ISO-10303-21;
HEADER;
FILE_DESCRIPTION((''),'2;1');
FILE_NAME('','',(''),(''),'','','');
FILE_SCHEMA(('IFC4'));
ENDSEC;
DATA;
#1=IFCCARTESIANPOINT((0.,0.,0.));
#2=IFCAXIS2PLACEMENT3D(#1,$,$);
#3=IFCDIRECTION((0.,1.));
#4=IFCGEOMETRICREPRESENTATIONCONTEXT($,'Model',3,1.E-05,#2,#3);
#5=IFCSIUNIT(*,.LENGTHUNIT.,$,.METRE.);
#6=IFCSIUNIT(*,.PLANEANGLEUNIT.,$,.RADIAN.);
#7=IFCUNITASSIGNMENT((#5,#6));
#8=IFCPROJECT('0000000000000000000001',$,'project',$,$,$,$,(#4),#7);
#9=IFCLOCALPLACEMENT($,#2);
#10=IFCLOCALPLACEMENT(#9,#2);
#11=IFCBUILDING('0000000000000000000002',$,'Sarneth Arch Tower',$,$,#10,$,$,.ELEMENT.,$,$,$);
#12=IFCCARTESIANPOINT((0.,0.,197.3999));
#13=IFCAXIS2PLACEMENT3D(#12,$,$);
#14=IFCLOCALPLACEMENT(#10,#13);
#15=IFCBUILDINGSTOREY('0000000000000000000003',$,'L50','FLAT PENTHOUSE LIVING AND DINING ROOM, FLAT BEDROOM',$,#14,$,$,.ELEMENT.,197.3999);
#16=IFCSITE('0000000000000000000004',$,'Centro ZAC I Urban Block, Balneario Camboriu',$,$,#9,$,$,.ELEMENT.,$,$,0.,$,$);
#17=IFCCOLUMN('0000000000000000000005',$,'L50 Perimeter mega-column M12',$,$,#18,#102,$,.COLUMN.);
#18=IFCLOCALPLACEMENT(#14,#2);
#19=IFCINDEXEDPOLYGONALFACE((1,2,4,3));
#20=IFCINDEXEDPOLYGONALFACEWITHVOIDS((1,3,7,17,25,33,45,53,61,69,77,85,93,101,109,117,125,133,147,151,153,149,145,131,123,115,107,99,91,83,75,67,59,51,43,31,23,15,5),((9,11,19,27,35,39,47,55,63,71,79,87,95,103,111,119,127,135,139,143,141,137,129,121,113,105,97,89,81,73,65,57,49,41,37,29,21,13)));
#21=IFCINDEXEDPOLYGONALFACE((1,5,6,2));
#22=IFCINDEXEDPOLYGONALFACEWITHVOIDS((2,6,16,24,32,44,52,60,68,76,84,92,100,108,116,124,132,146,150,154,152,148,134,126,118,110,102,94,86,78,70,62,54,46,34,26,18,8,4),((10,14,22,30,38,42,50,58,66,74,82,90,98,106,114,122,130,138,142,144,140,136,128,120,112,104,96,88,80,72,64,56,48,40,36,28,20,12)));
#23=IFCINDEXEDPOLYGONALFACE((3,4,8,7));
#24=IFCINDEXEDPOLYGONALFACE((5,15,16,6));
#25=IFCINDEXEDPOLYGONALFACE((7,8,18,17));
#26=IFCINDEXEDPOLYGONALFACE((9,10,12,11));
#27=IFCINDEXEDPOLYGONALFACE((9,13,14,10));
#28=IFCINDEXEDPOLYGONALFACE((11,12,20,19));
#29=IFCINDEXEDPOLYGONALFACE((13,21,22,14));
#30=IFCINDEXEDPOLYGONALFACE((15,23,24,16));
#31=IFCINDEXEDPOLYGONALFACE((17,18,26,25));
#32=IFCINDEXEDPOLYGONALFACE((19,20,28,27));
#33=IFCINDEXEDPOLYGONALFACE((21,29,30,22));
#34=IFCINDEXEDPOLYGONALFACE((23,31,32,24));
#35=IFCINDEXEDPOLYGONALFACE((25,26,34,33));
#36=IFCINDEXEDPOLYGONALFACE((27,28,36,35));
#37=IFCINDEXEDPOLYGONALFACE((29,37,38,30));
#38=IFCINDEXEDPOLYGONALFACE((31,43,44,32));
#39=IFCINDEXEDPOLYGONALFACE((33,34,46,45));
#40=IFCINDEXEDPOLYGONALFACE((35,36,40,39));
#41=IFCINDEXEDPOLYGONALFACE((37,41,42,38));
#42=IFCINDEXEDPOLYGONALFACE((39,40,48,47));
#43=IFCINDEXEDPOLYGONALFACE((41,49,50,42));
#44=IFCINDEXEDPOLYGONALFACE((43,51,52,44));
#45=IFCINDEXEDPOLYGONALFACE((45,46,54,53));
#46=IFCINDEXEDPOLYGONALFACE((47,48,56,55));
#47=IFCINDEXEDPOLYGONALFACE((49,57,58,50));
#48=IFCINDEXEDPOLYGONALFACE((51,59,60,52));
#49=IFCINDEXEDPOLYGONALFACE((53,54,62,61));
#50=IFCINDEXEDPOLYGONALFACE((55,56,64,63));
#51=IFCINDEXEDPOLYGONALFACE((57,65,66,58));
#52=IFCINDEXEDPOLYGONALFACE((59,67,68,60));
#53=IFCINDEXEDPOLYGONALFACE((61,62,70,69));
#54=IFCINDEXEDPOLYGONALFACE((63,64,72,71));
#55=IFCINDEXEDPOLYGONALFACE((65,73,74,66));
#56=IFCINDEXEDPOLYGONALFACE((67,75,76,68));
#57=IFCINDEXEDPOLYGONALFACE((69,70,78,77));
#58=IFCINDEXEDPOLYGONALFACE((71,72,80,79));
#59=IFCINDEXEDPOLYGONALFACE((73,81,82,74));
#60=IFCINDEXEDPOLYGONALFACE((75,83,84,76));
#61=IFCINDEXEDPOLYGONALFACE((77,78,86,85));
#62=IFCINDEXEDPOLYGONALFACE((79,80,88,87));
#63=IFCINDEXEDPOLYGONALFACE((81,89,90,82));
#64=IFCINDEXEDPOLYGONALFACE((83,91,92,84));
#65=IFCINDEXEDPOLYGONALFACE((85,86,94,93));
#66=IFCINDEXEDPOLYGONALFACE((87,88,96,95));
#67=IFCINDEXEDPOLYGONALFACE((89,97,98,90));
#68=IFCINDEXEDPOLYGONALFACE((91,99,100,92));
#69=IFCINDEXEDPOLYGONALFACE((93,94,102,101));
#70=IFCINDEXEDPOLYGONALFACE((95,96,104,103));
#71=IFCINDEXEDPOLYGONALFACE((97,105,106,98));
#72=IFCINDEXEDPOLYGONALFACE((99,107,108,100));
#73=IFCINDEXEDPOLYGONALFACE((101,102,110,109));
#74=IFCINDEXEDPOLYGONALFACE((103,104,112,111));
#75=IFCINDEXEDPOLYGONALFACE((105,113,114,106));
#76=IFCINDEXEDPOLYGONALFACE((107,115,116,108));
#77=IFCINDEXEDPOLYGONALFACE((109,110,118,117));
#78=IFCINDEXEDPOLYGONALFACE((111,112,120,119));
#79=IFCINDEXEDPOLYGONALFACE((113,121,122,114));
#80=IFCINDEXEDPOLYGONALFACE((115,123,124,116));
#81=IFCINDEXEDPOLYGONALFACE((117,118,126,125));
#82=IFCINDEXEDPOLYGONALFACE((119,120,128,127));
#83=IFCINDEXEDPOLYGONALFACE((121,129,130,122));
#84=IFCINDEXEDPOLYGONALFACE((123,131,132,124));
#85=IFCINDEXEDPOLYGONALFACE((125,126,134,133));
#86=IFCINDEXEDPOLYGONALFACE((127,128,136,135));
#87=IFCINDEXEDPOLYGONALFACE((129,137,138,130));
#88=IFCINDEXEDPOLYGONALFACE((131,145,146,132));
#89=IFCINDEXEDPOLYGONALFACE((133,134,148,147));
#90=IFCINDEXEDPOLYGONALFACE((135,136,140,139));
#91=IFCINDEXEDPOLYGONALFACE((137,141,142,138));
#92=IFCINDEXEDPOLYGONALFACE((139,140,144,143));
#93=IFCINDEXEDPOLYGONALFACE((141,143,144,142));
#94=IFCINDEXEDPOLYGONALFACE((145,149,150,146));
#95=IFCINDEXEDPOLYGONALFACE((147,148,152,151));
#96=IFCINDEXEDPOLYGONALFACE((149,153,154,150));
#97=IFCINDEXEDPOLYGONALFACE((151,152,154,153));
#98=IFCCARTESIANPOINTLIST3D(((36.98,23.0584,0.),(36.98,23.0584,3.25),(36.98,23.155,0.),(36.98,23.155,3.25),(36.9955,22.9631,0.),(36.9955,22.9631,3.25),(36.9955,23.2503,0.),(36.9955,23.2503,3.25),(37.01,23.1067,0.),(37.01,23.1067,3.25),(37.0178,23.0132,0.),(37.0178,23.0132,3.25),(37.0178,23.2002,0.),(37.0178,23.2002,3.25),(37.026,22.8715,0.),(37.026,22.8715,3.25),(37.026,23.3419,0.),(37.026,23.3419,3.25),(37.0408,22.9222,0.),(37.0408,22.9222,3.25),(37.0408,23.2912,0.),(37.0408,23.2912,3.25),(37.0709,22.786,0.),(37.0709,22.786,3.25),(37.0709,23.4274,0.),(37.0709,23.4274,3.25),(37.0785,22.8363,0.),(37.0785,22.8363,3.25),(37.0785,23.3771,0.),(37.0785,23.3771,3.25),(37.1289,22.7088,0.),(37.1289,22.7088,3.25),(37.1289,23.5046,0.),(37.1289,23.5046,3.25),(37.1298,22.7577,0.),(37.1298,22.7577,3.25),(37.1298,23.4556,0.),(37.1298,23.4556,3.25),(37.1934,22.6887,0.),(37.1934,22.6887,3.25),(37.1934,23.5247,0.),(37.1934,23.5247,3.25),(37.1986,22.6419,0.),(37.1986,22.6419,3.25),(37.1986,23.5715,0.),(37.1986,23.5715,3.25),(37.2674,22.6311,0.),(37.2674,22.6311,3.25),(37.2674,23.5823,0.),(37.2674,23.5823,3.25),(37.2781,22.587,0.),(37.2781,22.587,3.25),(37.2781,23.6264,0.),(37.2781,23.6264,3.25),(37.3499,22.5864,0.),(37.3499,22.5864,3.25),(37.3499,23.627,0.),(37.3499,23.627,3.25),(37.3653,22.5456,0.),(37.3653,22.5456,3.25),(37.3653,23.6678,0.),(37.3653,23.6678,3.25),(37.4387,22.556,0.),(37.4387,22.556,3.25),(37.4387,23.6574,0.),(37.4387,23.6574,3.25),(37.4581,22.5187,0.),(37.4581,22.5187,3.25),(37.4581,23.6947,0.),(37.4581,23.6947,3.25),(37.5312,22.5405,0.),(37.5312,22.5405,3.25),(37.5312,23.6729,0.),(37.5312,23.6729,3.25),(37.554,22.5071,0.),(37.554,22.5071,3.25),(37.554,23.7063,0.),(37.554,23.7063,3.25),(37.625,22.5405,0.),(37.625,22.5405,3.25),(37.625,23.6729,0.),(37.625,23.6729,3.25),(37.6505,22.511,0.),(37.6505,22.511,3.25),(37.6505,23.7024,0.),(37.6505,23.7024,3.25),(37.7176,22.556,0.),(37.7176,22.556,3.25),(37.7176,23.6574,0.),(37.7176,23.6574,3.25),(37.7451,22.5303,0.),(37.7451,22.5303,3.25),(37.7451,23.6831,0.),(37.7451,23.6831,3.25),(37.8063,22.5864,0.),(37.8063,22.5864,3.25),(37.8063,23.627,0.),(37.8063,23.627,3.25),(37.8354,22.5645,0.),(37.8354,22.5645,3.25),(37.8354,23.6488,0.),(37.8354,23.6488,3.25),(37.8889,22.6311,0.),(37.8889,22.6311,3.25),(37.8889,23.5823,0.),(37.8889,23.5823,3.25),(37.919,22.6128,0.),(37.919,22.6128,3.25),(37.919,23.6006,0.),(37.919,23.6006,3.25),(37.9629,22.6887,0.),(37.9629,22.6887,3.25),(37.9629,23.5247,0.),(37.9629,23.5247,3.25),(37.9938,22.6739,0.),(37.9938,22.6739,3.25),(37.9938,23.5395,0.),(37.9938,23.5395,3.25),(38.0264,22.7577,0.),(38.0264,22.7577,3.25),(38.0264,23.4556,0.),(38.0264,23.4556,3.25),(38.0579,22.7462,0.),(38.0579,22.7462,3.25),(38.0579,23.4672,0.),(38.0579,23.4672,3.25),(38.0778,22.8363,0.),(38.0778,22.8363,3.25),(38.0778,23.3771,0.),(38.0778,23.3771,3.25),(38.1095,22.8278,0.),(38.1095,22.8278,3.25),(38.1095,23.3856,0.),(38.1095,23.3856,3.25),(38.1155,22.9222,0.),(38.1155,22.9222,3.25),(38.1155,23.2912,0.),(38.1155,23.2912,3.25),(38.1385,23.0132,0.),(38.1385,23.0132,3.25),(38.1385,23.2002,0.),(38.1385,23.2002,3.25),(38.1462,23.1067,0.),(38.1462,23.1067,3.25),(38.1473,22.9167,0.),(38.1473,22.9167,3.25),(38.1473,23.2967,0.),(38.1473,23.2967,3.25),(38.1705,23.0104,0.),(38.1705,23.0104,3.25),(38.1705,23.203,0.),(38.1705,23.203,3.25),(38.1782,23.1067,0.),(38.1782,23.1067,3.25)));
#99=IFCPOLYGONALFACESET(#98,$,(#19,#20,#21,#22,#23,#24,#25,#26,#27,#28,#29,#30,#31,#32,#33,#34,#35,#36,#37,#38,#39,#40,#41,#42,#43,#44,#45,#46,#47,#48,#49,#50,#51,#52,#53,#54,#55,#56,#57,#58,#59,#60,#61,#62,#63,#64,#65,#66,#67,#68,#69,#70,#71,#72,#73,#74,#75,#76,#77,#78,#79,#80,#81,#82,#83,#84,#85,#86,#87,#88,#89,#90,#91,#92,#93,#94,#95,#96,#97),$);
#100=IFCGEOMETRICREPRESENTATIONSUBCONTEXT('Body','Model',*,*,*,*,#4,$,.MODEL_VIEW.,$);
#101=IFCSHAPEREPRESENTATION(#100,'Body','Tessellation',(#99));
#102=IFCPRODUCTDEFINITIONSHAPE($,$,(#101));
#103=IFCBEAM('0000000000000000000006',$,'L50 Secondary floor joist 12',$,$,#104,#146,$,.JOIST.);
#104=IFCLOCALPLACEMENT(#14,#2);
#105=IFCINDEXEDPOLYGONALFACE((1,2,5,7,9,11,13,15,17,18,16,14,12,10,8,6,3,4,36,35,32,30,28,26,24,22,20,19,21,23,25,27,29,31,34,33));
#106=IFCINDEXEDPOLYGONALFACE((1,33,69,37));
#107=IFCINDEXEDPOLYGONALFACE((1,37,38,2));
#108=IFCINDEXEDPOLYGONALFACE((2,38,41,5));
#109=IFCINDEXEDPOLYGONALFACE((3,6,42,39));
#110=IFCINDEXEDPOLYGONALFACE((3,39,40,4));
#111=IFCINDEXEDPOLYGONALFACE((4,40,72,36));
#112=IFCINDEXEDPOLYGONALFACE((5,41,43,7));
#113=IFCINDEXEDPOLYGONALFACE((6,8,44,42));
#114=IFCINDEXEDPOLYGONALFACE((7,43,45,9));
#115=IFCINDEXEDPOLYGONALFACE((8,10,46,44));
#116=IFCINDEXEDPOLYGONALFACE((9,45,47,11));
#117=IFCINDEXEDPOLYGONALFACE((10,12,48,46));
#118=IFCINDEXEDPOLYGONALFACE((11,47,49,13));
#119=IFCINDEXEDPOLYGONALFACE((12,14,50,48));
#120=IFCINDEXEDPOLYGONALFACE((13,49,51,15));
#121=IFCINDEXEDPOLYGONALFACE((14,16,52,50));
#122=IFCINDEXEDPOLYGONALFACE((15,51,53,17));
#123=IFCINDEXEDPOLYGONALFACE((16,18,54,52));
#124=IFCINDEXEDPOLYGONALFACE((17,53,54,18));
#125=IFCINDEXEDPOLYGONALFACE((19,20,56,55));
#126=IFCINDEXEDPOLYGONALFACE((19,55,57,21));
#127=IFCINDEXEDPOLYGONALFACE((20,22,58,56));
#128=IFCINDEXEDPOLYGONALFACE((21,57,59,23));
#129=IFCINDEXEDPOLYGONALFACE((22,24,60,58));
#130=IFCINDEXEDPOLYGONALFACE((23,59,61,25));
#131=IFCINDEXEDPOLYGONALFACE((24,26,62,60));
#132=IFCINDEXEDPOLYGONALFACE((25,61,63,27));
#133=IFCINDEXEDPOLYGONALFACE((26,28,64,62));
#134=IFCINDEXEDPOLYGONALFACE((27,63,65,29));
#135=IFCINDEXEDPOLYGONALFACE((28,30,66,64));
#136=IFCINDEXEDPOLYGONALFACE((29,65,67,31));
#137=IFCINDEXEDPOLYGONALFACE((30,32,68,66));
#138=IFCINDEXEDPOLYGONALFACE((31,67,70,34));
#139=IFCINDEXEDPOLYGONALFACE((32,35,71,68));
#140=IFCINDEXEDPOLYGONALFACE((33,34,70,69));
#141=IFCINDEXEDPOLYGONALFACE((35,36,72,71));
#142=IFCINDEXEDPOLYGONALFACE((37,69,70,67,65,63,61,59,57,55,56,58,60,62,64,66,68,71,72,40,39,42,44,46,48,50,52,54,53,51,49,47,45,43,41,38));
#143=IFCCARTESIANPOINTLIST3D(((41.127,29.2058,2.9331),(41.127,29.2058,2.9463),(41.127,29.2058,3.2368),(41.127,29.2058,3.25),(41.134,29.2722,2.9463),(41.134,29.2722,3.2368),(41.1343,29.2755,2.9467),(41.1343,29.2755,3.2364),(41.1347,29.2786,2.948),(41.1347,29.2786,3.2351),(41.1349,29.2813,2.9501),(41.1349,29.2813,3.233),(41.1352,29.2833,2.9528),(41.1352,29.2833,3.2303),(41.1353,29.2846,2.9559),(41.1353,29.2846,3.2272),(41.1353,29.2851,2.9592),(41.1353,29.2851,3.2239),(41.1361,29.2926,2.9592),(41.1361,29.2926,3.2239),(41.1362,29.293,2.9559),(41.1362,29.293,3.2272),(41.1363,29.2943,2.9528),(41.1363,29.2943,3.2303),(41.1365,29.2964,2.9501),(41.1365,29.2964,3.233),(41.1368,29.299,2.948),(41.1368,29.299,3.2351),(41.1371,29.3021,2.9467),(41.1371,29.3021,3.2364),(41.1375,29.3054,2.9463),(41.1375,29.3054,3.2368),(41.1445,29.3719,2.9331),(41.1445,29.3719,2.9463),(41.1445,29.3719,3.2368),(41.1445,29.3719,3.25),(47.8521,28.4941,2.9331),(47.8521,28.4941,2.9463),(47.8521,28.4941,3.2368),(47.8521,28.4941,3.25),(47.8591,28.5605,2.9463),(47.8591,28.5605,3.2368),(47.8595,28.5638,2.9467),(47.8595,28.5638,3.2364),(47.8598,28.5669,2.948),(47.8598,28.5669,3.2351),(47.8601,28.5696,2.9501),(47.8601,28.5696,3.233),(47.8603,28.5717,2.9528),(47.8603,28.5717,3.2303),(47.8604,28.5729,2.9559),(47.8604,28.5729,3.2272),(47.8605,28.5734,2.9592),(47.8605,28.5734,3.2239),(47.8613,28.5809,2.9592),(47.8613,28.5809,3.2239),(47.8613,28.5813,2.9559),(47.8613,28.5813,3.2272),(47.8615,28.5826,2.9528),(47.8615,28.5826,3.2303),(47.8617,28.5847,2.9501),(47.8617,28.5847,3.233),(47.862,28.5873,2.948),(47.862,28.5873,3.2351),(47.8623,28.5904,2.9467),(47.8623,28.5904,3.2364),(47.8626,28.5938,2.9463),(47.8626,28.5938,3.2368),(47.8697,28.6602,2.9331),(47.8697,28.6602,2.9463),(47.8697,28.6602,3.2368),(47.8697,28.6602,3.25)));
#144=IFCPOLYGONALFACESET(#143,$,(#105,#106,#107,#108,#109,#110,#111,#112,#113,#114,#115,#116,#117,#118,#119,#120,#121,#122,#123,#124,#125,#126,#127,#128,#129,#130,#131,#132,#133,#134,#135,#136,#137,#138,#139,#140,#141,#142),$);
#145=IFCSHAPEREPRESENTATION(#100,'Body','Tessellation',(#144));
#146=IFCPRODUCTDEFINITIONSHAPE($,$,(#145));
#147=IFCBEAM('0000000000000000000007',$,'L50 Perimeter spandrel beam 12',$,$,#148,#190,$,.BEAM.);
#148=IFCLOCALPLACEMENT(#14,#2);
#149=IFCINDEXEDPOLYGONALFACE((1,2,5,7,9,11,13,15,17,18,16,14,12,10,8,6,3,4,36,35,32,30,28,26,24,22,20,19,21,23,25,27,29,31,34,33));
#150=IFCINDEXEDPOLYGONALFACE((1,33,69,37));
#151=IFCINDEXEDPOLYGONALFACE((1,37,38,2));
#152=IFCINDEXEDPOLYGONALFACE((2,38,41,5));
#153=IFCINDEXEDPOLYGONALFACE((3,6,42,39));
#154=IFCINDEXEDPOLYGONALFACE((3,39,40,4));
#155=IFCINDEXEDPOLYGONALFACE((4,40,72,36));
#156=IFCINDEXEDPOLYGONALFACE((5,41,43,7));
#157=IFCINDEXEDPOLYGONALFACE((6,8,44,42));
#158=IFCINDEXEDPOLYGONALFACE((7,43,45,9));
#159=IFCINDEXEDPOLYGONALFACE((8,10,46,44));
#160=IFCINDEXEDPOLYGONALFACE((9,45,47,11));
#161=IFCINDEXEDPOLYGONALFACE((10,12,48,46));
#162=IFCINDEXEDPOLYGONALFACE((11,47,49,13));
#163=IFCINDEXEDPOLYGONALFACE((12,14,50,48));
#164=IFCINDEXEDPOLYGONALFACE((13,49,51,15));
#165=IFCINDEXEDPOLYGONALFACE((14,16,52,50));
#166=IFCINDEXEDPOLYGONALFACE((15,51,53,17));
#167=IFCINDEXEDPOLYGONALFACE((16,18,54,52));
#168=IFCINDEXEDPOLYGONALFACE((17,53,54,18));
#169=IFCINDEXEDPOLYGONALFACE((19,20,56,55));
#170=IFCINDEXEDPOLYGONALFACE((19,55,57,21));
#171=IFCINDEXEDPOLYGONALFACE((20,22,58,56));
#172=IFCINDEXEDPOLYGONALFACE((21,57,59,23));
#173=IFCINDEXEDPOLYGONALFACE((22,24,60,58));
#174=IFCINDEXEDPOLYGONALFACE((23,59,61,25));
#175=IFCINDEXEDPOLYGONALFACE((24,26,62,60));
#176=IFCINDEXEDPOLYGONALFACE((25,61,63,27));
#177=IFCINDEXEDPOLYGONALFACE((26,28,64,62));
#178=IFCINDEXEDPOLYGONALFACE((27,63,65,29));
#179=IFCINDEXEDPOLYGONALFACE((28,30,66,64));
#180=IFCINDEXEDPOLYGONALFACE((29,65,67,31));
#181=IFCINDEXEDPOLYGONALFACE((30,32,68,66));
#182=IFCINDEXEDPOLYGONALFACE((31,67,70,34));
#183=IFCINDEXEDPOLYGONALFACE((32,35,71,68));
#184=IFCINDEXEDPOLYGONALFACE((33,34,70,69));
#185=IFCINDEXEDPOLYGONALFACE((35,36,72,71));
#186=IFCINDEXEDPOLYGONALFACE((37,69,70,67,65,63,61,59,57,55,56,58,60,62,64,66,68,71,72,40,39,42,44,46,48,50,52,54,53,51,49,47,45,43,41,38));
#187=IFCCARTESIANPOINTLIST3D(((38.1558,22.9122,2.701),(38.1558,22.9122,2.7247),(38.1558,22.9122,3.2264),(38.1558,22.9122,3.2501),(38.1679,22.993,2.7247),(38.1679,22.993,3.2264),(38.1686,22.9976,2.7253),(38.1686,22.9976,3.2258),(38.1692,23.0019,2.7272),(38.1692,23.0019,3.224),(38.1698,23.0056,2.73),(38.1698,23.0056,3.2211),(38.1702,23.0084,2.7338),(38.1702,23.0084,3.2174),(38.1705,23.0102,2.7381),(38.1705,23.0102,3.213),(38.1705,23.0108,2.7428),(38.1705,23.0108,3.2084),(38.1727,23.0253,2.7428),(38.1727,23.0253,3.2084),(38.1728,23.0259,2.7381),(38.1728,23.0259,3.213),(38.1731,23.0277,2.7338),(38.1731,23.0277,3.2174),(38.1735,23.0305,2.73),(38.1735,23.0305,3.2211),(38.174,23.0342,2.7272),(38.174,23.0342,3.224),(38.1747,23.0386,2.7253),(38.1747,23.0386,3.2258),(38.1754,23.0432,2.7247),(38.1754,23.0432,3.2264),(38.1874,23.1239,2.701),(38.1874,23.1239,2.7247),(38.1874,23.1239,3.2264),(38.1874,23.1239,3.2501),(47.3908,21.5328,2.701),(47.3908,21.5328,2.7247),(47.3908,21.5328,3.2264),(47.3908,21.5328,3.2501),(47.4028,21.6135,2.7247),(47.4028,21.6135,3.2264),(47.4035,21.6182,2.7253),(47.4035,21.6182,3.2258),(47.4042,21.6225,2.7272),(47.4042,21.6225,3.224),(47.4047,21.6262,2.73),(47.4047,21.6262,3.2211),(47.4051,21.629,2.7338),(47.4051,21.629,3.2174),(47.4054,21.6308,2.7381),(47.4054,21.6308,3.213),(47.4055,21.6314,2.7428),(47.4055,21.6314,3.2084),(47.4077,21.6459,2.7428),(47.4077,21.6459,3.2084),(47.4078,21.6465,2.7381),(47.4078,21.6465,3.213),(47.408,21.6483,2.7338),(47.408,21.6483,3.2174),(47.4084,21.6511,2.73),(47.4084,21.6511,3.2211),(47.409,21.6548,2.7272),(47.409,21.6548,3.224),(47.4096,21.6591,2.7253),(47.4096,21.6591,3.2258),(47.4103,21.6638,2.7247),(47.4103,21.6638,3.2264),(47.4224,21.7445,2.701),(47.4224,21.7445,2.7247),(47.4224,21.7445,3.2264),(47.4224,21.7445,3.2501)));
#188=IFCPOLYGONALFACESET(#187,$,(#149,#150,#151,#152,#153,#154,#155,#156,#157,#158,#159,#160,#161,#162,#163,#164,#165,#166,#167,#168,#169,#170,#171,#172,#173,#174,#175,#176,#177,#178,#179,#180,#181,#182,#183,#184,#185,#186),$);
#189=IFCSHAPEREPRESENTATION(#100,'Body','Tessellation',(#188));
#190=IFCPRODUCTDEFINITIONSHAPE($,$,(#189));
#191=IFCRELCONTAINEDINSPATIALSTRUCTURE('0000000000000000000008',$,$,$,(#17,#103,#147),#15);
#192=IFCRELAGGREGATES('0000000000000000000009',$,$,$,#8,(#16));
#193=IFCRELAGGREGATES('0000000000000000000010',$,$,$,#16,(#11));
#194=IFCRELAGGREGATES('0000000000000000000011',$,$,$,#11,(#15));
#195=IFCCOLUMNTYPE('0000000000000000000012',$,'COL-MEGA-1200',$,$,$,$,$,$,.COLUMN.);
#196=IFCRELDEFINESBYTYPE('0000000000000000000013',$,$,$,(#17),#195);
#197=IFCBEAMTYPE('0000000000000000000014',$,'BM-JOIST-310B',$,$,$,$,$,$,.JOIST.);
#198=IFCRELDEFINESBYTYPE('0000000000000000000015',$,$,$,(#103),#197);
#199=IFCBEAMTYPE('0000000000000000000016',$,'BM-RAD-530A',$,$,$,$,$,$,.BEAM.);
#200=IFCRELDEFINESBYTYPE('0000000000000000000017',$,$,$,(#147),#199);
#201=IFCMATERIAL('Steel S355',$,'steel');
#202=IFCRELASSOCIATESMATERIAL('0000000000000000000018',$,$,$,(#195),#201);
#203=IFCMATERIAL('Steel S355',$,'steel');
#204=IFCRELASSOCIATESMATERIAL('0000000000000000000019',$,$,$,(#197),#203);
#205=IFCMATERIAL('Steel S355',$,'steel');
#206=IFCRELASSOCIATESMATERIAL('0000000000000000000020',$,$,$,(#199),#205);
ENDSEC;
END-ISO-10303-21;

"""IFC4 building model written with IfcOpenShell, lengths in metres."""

from ifc_helpers import new_model, si_unit, direction, frame, origin, origin_2d, place, context, subcontext, project, spatial, hollow_circle, i_section, extrude, material, material_profile, profile_set, type_object, element, save


model = new_model("IFC4")

# Units and contexts
model_context = context("Model", 3, precision=1e-05, world=origin(), true_north=direction((0.0, 1.0)))
body_context = subcontext(model_context, "Body", "Model", "MODEL_VIEW")
ifc_project = project(units=[si_unit("LENGTHUNIT", "METRE"), si_unit("PLANEANGLEUNIT", "RADIAN")], contexts=[model_context])

# Site, building, storey
site_placement = place(None, origin())
site = spatial("IfcSite", under=ifc_project, at=site_placement, Name="Centro ZAC I Urban Block, Balneario Camboriu", CompositionType="ELEMENT", RefElevation=0.0)
building_placement = place(site_placement, origin())
building = spatial("IfcBuilding", under=site, at=building_placement, Name="Sarneth Arch Tower", CompositionType="ELEMENT")
storey_placement = place(building_placement, frame((0.0, 0.0, 197.3999)))
storey = spatial("IfcBuildingStorey", under=building, at=storey_placement, Name="L50", Description="FLAT PENTHOUSE LIVING AND DINING ROOM, FLAT BEDROOM", CompositionType="ELEMENT", Elevation=197.3999)

# Column
ifc_material_1 = material(Name="Steel S355", Category="steel")
ifc_material_profile_1 = material_profile(ifc_material_1, hollow_circle(Radius=0.6001, WallThickness=0.032, at=origin_2d()), Name="CHS1200x32")
ifc_profile_set_1 = profile_set([ifc_material_profile_1], Name="Steel S355")
column_type = type_object("IfcColumnType", Name="COL-MEGA-1200", PredefinedType="COLUMN", material=ifc_profile_set_1)
column_placement = place(storey_placement, frame((37.5781, 23.1067, 0.0), z_axis=(0.0, 0.0, 1.0), x_axis=(1.0, 0.0, 0.0)))
element("IfcColumn", 1, at=column_placement, inside=storey, type_object=column_type, Name="L50 Perimeter mega-column M12", PredefinedType="COLUMN", context=body_context, shape_type="SweptSolid", body=[
    extrude(hollow_circle(Radius=0.6001, WallThickness=0.032, at=origin_2d()), origin(), (0.0, 0.0, 1.0), 3.25),
])

# Beams
ifc_material_2 = material(Name="Steel S355", Category="steel")
ifc_material_profile_2 = material_profile(ifc_material_2, i_section(OverallWidth=0.167, OverallDepth=0.3169, WebThickness=0.0076, FlangeThickness=0.0132, FilletRadius=0.0129, at=origin_2d()), Name="W310x52")
ifc_profile_set_2 = profile_set([ifc_material_profile_2], Name="Steel S355")
beam_type_1 = type_object("IfcBeamType", Name="BM-JOIST-310B", PredefinedType="JOIST", material=ifc_profile_set_2)
beam_1_placement = place(storey_placement, frame((41.1357, 29.2888, 3.0916), z_axis=(0.994447, -0.105235, 0.0), x_axis=(0.105235, 0.994447, 0.0)))
element("IfcBeam", 2, at=beam_1_placement, inside=storey, type_object=beam_type_1, Name="L50 Secondary floor joist 12", PredefinedType="JOIST", context=body_context, shape_type="SweptSolid", body=[
    extrude(i_section(OverallWidth=0.167, OverallDepth=0.3169, WebThickness=0.0076, FlangeThickness=0.0132, FilletRadius=0.0129, at=origin_2d()), origin(), (0.0, 0.0, 1.0), 6.7627),
])
ifc_material_3 = material(Name="Steel S355", Category="steel")
ifc_material_profile_3 = material_profile(ifc_material_3, i_section(OverallWidth=0.2141, OverallDepth=0.5491, WebThickness=0.0146, FlangeThickness=0.0237, FilletRadius=0.0181, at=origin_2d()), Name="W530x138")
ifc_profile_set_3 = profile_set([ifc_material_profile_3], Name="Steel S355")
beam_type_2 = type_object("IfcBeamType", Name="BM-RAD-530A", PredefinedType="BEAM", material=ifc_profile_set_3)
beam_2_placement = place(storey_placement, frame((38.1716, 23.0181, 2.9756), z_axis=(0.989028, -0.147729, 0.0), x_axis=(0.147729, 0.989028, 0.0)))
element("IfcBeam", 3, at=beam_2_placement, inside=storey, type_object=beam_type_2, Name="L50 Perimeter spandrel beam 12", PredefinedType="BEAM", context=body_context, shape_type="SweptSolid", body=[
    extrude(i_section(OverallWidth=0.2141, OverallDepth=0.5491, WebThickness=0.0146, FlangeThickness=0.0237, FilletRadius=0.0181, at=origin_2d()), origin(), (0.0, 0.0, 1.0), 9.3374),
])

save(model, "model.ifc")
